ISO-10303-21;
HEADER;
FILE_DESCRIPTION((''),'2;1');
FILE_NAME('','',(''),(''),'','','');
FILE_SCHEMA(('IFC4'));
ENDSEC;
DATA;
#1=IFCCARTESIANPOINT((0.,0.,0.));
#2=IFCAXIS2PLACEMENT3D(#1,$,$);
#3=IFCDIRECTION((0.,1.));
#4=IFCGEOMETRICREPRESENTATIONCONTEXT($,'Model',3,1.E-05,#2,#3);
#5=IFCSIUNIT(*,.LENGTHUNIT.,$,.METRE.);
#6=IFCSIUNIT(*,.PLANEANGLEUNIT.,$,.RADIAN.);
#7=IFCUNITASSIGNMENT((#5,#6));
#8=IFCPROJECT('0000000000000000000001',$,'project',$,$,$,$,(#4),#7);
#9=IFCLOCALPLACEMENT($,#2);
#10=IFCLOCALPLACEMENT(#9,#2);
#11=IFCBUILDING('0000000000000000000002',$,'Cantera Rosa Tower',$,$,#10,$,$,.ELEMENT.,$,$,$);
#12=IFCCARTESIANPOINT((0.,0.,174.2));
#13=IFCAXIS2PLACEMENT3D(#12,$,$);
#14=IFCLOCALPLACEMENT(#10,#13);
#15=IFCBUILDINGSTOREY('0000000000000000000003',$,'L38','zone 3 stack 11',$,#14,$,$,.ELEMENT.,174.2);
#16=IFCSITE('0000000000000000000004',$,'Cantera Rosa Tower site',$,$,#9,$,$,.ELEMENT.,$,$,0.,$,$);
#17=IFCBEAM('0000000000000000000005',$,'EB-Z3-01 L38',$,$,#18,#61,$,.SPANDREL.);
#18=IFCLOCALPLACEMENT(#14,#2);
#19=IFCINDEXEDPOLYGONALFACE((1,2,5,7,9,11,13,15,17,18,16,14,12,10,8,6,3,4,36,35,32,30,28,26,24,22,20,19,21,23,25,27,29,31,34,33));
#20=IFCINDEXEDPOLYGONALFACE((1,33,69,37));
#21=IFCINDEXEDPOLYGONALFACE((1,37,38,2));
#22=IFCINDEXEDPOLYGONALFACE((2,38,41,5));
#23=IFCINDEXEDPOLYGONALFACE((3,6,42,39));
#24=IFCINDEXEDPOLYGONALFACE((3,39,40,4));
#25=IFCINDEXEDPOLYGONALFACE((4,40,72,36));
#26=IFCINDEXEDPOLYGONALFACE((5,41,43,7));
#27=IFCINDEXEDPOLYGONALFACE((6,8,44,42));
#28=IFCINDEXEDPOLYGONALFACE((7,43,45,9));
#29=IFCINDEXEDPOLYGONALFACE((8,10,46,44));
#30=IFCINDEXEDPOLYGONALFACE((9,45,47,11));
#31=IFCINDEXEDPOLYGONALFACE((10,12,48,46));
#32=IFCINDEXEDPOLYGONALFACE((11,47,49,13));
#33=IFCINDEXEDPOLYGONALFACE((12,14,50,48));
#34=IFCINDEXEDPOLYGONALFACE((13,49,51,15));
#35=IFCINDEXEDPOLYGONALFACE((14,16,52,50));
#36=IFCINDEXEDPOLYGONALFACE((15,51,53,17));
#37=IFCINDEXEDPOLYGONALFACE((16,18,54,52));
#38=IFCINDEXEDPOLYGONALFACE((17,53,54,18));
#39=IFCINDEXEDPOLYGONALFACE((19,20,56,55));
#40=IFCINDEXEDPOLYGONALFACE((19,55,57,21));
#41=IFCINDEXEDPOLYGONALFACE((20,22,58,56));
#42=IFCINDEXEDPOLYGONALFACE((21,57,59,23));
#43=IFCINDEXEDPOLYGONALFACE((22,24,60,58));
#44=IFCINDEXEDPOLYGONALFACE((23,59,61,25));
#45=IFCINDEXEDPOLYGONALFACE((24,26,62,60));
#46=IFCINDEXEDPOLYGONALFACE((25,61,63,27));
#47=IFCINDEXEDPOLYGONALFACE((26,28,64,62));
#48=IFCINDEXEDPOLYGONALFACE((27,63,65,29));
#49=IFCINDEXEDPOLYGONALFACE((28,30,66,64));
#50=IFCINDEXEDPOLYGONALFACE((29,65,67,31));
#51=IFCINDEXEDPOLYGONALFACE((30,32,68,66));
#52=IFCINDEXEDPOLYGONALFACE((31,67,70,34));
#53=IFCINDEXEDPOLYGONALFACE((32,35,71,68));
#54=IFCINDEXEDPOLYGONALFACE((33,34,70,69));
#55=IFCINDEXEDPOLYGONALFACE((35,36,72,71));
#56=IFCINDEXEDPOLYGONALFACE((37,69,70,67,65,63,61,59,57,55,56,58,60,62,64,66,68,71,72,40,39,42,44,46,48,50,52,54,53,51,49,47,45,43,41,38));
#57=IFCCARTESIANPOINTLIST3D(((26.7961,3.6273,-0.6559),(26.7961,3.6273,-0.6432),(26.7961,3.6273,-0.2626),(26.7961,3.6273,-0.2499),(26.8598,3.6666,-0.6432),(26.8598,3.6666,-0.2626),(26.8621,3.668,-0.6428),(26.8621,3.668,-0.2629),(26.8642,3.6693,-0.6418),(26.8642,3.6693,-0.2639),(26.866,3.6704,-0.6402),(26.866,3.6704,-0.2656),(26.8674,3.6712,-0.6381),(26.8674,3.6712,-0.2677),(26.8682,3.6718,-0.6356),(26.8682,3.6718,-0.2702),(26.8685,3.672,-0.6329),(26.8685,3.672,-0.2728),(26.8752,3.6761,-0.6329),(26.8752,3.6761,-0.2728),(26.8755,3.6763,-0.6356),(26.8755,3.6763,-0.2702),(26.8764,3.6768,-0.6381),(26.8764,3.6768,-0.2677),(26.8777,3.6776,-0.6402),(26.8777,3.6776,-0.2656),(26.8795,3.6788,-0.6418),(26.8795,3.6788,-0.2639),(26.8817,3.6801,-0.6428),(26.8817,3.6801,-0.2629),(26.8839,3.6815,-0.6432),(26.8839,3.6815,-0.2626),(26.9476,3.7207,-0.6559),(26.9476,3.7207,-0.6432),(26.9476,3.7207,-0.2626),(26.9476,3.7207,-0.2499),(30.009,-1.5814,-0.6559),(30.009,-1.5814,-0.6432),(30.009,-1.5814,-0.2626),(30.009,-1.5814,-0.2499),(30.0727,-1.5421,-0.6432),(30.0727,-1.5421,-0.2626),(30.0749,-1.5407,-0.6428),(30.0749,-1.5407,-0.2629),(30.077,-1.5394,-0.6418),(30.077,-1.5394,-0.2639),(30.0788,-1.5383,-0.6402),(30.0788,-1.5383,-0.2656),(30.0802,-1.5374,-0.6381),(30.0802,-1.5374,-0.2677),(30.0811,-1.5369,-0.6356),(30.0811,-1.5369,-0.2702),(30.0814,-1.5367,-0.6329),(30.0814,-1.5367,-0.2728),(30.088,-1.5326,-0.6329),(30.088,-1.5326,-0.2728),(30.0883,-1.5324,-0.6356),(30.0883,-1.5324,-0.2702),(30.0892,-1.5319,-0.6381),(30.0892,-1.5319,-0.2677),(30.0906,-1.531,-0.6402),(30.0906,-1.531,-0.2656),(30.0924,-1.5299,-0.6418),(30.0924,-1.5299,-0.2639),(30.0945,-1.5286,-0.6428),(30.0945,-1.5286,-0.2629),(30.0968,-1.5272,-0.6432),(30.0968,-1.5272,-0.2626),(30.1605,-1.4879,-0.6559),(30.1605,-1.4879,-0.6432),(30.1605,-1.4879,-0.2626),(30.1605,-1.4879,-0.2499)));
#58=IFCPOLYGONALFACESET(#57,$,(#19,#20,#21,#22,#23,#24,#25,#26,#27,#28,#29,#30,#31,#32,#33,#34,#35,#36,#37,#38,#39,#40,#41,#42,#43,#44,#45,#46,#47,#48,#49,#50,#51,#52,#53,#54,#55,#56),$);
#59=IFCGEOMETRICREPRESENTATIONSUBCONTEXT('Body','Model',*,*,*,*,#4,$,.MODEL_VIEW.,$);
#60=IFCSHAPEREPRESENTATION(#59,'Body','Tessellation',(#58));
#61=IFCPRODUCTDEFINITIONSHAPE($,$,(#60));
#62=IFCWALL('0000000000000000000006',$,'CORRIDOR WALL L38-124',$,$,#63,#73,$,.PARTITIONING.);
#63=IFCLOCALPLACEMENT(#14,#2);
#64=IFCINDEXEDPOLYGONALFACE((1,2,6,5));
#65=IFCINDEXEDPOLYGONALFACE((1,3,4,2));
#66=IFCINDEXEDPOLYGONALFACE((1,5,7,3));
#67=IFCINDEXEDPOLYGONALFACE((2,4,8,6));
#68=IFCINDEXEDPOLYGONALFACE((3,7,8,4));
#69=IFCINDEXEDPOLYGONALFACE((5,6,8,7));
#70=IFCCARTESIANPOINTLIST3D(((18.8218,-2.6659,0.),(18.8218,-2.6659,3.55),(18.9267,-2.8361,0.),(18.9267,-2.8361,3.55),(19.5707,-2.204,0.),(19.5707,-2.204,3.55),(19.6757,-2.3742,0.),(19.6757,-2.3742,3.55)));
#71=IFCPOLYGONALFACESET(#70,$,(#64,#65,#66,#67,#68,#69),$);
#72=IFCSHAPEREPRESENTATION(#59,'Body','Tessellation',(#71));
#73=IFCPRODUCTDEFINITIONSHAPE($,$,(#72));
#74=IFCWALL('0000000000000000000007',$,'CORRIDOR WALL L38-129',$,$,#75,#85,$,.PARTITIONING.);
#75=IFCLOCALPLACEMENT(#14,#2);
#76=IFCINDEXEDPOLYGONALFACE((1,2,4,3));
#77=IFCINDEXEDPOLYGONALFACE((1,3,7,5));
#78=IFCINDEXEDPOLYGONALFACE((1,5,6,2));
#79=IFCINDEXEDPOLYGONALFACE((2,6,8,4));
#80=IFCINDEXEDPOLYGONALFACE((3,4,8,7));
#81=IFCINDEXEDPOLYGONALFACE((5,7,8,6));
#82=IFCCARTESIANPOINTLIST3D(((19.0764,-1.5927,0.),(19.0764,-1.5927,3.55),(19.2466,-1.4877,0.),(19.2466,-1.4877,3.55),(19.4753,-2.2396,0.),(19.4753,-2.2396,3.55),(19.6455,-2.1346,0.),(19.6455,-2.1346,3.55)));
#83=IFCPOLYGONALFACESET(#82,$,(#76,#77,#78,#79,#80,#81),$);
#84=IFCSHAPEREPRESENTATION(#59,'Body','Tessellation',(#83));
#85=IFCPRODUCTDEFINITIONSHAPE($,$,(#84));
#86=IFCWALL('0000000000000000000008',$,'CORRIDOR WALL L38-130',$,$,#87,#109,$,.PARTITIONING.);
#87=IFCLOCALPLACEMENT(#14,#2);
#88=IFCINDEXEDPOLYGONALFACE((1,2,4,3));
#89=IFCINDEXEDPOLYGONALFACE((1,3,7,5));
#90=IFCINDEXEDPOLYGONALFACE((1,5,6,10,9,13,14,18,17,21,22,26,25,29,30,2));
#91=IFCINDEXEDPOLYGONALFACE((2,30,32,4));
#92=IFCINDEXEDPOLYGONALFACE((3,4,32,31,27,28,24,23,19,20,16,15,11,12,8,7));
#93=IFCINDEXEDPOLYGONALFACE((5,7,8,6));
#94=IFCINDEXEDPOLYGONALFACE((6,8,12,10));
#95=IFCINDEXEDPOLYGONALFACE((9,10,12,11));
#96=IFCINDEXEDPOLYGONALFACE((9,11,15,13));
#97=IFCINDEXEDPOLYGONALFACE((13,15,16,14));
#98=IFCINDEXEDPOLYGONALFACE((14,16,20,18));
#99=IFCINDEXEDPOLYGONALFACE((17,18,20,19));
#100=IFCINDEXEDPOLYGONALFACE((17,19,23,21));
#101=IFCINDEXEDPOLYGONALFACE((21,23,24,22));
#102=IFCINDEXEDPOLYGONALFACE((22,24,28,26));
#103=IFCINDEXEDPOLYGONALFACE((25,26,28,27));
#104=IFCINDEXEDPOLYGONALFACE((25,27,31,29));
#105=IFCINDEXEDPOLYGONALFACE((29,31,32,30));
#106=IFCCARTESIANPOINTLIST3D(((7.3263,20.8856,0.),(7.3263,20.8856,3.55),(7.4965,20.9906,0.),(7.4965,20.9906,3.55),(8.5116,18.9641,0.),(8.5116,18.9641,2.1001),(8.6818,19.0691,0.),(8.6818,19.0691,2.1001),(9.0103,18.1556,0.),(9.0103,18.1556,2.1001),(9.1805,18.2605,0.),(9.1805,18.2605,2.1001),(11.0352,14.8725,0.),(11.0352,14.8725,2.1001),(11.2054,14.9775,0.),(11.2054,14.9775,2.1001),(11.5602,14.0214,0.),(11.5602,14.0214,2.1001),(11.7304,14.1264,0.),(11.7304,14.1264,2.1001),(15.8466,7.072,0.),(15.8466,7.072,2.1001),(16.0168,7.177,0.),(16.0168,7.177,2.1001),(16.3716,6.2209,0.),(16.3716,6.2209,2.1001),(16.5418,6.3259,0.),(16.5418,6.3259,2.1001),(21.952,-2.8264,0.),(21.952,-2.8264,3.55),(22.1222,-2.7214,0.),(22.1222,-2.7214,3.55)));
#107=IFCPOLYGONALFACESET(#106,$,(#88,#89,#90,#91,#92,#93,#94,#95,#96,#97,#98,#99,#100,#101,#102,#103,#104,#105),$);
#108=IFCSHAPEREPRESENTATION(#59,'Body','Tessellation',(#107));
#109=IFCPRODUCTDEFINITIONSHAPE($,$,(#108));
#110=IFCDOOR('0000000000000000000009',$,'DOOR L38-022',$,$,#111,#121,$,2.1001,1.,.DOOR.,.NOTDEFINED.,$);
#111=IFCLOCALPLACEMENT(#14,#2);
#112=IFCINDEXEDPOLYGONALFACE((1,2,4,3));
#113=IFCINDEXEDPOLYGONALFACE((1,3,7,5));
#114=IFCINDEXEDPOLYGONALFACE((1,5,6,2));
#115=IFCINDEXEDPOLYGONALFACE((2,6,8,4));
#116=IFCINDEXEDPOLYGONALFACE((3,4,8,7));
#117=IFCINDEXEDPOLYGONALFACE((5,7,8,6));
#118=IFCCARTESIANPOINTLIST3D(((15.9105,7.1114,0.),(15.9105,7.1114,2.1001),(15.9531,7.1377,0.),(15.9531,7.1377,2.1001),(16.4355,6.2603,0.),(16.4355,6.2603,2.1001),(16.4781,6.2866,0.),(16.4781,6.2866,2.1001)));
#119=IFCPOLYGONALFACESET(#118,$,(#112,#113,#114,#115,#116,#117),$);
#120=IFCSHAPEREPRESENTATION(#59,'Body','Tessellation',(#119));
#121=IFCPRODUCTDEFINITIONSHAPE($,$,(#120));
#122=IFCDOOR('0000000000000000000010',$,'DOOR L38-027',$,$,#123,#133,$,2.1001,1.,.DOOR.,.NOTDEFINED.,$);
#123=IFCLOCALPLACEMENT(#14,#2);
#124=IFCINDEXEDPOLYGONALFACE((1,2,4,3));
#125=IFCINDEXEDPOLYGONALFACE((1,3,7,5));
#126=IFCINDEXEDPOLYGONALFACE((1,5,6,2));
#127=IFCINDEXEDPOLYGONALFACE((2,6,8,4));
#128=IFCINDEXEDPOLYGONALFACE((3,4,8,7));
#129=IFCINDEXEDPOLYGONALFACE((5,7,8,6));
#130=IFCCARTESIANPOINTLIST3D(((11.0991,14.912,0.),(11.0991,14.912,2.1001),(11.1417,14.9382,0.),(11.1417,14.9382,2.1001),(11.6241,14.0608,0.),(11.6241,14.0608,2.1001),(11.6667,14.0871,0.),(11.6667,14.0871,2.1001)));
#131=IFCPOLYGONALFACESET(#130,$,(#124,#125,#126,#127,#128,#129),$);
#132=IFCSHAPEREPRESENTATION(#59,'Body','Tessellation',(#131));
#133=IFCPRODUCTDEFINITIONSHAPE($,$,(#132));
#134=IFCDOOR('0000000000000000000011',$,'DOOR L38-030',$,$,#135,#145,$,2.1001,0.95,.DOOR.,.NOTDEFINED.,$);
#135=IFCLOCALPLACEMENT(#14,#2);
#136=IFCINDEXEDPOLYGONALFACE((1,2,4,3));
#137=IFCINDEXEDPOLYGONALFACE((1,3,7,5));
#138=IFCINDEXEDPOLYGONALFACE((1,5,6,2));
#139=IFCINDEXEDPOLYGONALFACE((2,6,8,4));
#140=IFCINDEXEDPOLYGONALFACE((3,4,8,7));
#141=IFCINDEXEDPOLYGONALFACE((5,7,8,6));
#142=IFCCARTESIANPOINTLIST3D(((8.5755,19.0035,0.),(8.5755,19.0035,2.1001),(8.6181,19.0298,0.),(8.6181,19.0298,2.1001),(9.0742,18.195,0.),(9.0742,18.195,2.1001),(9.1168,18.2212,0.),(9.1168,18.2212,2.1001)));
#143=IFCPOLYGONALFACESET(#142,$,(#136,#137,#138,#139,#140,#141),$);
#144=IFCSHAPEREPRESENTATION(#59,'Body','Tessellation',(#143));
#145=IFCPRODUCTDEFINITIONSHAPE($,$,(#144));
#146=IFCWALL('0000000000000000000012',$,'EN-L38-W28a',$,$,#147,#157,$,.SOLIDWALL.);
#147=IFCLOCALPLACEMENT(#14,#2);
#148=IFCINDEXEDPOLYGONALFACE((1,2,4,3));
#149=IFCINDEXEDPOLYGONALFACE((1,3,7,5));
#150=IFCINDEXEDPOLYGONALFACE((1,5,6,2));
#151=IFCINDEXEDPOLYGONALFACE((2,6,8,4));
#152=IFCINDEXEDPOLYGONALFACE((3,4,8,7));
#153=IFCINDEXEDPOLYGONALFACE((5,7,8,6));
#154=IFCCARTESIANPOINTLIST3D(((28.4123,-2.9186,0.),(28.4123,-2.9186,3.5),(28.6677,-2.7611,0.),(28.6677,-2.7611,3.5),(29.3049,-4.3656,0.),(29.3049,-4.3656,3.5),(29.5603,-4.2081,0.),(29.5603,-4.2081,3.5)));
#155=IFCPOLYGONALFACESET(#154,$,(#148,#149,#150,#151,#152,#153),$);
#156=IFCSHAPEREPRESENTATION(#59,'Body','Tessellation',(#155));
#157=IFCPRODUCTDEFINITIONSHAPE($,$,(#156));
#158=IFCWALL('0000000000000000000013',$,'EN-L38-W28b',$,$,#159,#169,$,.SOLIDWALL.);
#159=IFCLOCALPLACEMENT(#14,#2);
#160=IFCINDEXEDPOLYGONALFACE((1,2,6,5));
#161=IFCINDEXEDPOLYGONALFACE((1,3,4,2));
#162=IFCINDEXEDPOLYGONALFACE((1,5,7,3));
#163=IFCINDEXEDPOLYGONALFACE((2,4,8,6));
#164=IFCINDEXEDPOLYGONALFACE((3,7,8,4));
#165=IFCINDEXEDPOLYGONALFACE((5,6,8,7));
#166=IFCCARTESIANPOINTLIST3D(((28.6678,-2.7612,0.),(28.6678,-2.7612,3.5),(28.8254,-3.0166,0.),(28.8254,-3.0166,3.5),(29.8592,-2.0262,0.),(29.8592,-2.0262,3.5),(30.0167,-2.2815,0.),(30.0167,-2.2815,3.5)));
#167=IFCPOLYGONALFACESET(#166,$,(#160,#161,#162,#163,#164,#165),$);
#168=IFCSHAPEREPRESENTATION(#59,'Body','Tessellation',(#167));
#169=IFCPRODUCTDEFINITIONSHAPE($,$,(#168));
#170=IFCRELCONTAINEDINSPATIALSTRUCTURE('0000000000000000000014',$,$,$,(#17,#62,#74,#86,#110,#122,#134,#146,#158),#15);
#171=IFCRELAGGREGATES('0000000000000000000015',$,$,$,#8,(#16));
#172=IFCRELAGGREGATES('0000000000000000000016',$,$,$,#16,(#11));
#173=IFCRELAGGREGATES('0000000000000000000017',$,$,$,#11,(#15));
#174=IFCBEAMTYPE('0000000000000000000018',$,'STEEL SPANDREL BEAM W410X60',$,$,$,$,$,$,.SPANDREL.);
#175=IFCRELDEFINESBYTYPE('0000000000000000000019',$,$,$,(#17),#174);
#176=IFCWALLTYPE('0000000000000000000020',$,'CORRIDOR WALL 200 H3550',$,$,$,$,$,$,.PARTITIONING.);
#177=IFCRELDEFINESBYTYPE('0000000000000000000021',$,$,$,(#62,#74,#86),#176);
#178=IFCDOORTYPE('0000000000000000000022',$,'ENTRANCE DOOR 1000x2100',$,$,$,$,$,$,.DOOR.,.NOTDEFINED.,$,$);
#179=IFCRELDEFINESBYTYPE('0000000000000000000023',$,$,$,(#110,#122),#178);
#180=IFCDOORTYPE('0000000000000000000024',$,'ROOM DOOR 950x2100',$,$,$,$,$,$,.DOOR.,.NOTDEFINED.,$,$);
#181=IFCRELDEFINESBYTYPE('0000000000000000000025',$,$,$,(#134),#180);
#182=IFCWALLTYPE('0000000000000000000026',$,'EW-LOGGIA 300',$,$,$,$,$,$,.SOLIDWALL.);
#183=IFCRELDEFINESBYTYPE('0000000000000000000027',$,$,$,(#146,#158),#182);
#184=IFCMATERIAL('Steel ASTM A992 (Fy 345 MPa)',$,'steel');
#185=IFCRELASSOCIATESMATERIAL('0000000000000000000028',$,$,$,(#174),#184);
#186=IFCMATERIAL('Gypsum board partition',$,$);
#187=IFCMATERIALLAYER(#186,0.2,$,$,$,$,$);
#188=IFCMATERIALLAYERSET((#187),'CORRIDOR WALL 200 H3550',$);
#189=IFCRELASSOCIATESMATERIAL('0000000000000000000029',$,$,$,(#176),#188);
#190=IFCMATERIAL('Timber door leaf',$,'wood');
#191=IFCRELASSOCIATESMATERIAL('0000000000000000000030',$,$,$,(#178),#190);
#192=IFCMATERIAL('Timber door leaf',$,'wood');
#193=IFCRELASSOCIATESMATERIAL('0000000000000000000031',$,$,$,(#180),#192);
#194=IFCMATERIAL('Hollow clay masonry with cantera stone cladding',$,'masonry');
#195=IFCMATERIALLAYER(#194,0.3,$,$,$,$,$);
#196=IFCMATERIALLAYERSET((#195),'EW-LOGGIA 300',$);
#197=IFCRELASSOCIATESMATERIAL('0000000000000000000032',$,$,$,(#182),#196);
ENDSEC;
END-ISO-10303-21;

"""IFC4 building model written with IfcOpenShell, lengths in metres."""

from ifc_helpers import new_model, si_unit, direction, frame, frame_2d, origin, origin_2d, place, context, subcontext, project, spatial, rectangle, i_section, extrude, material, layer, layer_set, material_profile, profile_set, type_object, element, fill, save


model = new_model("IFC4")

# Units and contexts
model_context = context("Model", 3, precision=1e-05, world=origin(), true_north=direction((0.0, 1.0)))
body_context = subcontext(model_context, "Body", "Model", "MODEL_VIEW")
ifc_project = project(units=[si_unit("LENGTHUNIT", "METRE"), si_unit("PLANEANGLEUNIT", "RADIAN")], contexts=[model_context])

# Site, building, storey
site_placement = place(None, origin())
site = spatial("IfcSite", under=ifc_project, at=site_placement, Name="Cantera Rosa Tower site", CompositionType="ELEMENT", RefElevation=0.0)
building_placement = place(site_placement, origin())
building = spatial("IfcBuilding", under=site, at=building_placement, Name="Cantera Rosa Tower", CompositionType="ELEMENT")
storey_placement = place(building_placement, frame((0.0, 0.0, 174.2)))
storey = spatial("IfcBuildingStorey", under=building, at=storey_placement, Name="L38", Description="zone 3 stack 11", CompositionType="ELEMENT", Elevation=174.2)

# Beam
ifc_material_1 = material(Name="Steel ASTM A992 (Fy 345 MPa)", Category="steel")
ifc_material_profile_1 = material_profile(ifc_material_1, i_section(OverallWidth=0.178, OverallDepth=0.406, WebThickness=0.0078, FlangeThickness=0.0127, FilletRadius=0.0103, at=origin_2d()), Name="W410X60")
ifc_profile_set_1 = profile_set([ifc_material_profile_1], Name="Steel ASTM A992 (Fy 345 MPa)")
beam_type_1 = type_object("IfcBeamType", Name="STEEL SPANDREL BEAM W410X60", PredefinedType="SPANDREL", material=ifc_profile_set_1)
beam_1_placement = place(storey_placement, frame((30.0847, -1.5347, -0.4529), z_axis=(-0.524987, 0.85111, 0.0), x_axis=(-0.85111, -0.524987, 0.0)))
element("IfcBeam", 1, at=beam_1_placement, inside=storey, type_object=beam_type_1, Name="EB-Z3-01 L38", PredefinedType="SPANDREL", context=body_context, shape_type="SweptSolid", body=[
    extrude(i_section(OverallWidth=0.178, OverallDepth=0.406, WebThickness=0.0078, FlangeThickness=0.0127, FilletRadius=0.0103, at=origin_2d()), origin(), (0.0, 0.0, 1.0), 6.1199),
])

# Walls
ifc_material_2 = material(Name="Gypsum board partition")
ifc_layer_1 = layer(ifc_material_2, 0.2)
ifc_layer_set_1 = layer_set([ifc_layer_1], Name="CORRIDOR WALL 200 H3550")
wall_type_1 = type_object("IfcWallType", Name="CORRIDOR WALL 200 H3550", PredefinedType="PARTITIONING", material=ifc_layer_set_1)
wall_1_placement = place(storey_placement, frame((18.8743, -2.751, 0.0), z_axis=(0.0, 0.0, 1.0), x_axis=(0.851163, 0.524902, 0.0)))
element("IfcWall", 2, at=wall_1_placement, inside=storey, type_object=wall_type_1, Name="CORRIDOR WALL L38-124", PredefinedType="PARTITIONING", context=body_context, shape_type="SweptSolid", body=[
    extrude(rectangle(XDim=0.8799, YDim=0.2, at=frame_2d((0.4399, 0.0))), origin(), (0.0, 0.0, 1.0), 3.55),
])
wall_2_placement = place(storey_placement, frame((19.5603, -2.187, 0.0), z_axis=(0.0, 0.0, 1.0), x_axis=(-0.52485, 0.851195, 0.0)))
element("IfcWall", 3, at=wall_2_placement, inside=storey, type_object=wall_type_1, Name="CORRIDOR WALL L38-129", PredefinedType="PARTITIONING", context=body_context, shape_type="SweptSolid", body=[
    extrude(rectangle(XDim=0.76, YDim=0.2, at=frame_2d((0.3799, 0.0))), origin(), (0.0, 0.0, 1.0), 3.55),
])

# Wall, openings, doors
wall_3_placement = place(storey_placement, frame((22.0371, -2.7739, 0.0), z_axis=(0.0, 0.0, 1.0), x_axis=(-0.524973, 0.851119, 0.0)))
wall_3 = element("IfcWall", 4, at=wall_3_placement, inside=storey, type_object=wall_type_1, Name="CORRIDOR WALL L38-130", PredefinedType="PARTITIONING", context=body_context, shape_type="SweptSolid", body=[
    extrude(rectangle(XDim=27.8599, YDim=0.2, at=frame_2d((13.9299, 0.0))), origin(), (0.0, 0.0, 1.0), 3.55),
])
opening_1_placement = place(wall_3_placement, frame((10.6299, 0.0, 0.0)))
opening_1 = element("IfcOpeningElement", 5, at=opening_1_placement, cuts=wall_3, PredefinedType="OPENING", context=body_context, shape_type="SweptSolid", body=[
    extrude(rectangle(XDim=1.0, YDim=2.1001, at=frame_2d((0.5, 1.05))), frame((0.0, 0.1099, 0.0), z_axis=(0.0, -1.0, 0.0), x_axis=(1.0, 0.0, 0.0)), (0.0, 0.0, 1.0), 0.22),
])
opening_2_placement = place(wall_3_placement, frame((19.7949, 0.0, 0.0)))
opening_2 = element("IfcOpeningElement", 6, at=opening_2_placement, cuts=wall_3, PredefinedType="OPENING", context=body_context, shape_type="SweptSolid", body=[
    extrude(rectangle(XDim=1.0, YDim=2.1001, at=frame_2d((0.5, 1.05))), frame((0.0, 0.1099, 0.0), z_axis=(0.0, -1.0, 0.0), x_axis=(1.0, 0.0, 0.0)), (0.0, 0.0, 1.0), 0.22),
])
opening_3_placement = place(wall_3_placement, frame((24.6521, 0.0, 0.0)))
opening_3 = element("IfcOpeningElement", 7, at=opening_3_placement, cuts=wall_3, PredefinedType="OPENING", context=body_context, shape_type="SweptSolid", body=[
    extrude(rectangle(XDim=0.95, YDim=2.1001, at=frame_2d((0.4751, 1.05))), frame((0.0, 0.1099, 0.0), z_axis=(0.0, -1.0, 0.0), x_axis=(1.0, 0.0, 0.0)), (0.0, 0.0, 1.0), 0.22),
])
ifc_material_3 = material(Name="Timber door leaf", Category="wood")
door_type_1 = type_object("IfcDoorType", Name="ENTRANCE DOOR 1000x2100", OperationType="NOTDEFINED", PredefinedType="DOOR", material=ifc_material_3)
door_1_placement = place(opening_1_placement, origin())
door_1 = element("IfcDoor", 8, at=door_1_placement, inside=storey, type_object=door_type_1, Name="DOOR L38-022", OperationType="NOTDEFINED", OverallHeight=2.1001, OverallWidth=1.0, PredefinedType="DOOR", context=body_context, shape_type="SweptSolid", body=[
    extrude(rectangle(XDim=1.0, YDim=2.1001, at=frame_2d((0.5, 1.05))), frame((0.0, 0.0249, 0.0), z_axis=(0.0, -1.0, 0.0), x_axis=(1.0, 0.0, 0.0)), (0.0, 0.0, 1.0), 0.05),
])
fill(opening_1, door_1)
door_2_placement = place(opening_2_placement, origin())
door_2 = element("IfcDoor", 9, at=door_2_placement, inside=storey, type_object=door_type_1, Name="DOOR L38-027", OperationType="NOTDEFINED", OverallHeight=2.1001, OverallWidth=1.0, PredefinedType="DOOR", context=body_context, shape_type="SweptSolid", body=[
    extrude(rectangle(XDim=1.0, YDim=2.1001, at=frame_2d((0.5, 1.05))), frame((0.0, 0.0249, 0.0), z_axis=(0.0, -1.0, 0.0), x_axis=(1.0, 0.0, 0.0)), (0.0, 0.0, 1.0), 0.05),
])
fill(opening_2, door_2)
ifc_material_4 = material(Name="Timber door leaf", Category="wood")
door_type_2 = type_object("IfcDoorType", Name="ROOM DOOR 950x2100", OperationType="NOTDEFINED", PredefinedType="DOOR", material=ifc_material_4)
door_3_placement = place(opening_3_placement, origin())
door_3 = element("IfcDoor", 10, at=door_3_placement, inside=storey, type_object=door_type_2, Name="DOOR L38-030", OperationType="NOTDEFINED", OverallHeight=2.1001, OverallWidth=0.95, PredefinedType="DOOR", context=body_context, shape_type="SweptSolid", body=[
    extrude(rectangle(XDim=0.95, YDim=2.1001, at=frame_2d((0.4751, 1.05))), frame((0.0, 0.0249, 0.0), z_axis=(0.0, -1.0, 0.0), x_axis=(1.0, 0.0, 0.0)), (0.0, 0.0, 1.0), 0.05),
])
fill(opening_3, door_3)

# Walls
ifc_material_5 = material(Name="Hollow clay masonry with cantera stone cladding", Category="masonry")
ifc_layer_2 = layer(ifc_material_5, 0.3)
ifc_layer_set_2 = layer_set([ifc_layer_2], Name="EW-LOGGIA 300")
wall_type_2 = type_object("IfcWallType", Name="EW-LOGGIA 300", PredefinedType="SOLIDWALL", material=ifc_layer_set_2)
wall_4_placement = place(storey_placement, frame((29.4326, -4.2869, 0.0), z_axis=(0.0, 0.0, 1.0), x_axis=(-0.524994, 0.851106, 0.0)))
element("IfcWall", 11, at=wall_4_placement, inside=storey, type_object=wall_type_2, Name="EN-L38-W28a", PredefinedType="SOLIDWALL", context=body_context, shape_type="SweptSolid", body=[
    extrude(rectangle(XDim=1.7002, YDim=0.3, at=frame_2d((0.8501, 0.0))), origin(), (0.0, 0.0, 1.0), 3.5),
])
wall_5_placement = place(storey_placement, frame((28.7466, -2.8889, 0.0), z_axis=(0.0, 0.0, 1.0), x_axis=(0.851041, 0.525099, 0.0)))
element("IfcWall", 12, at=wall_5_placement, inside=storey, type_object=wall_type_2, Name="EN-L38-W28b", PredefinedType="SOLIDWALL", context=body_context, shape_type="SweptSolid", body=[
    extrude(rectangle(XDim=1.3999, YDim=0.3, at=frame_2d((0.7, 0.0))), origin(), (0.0, 0.0, 1.0), 3.5),
])

save(model, "model.ifc")
